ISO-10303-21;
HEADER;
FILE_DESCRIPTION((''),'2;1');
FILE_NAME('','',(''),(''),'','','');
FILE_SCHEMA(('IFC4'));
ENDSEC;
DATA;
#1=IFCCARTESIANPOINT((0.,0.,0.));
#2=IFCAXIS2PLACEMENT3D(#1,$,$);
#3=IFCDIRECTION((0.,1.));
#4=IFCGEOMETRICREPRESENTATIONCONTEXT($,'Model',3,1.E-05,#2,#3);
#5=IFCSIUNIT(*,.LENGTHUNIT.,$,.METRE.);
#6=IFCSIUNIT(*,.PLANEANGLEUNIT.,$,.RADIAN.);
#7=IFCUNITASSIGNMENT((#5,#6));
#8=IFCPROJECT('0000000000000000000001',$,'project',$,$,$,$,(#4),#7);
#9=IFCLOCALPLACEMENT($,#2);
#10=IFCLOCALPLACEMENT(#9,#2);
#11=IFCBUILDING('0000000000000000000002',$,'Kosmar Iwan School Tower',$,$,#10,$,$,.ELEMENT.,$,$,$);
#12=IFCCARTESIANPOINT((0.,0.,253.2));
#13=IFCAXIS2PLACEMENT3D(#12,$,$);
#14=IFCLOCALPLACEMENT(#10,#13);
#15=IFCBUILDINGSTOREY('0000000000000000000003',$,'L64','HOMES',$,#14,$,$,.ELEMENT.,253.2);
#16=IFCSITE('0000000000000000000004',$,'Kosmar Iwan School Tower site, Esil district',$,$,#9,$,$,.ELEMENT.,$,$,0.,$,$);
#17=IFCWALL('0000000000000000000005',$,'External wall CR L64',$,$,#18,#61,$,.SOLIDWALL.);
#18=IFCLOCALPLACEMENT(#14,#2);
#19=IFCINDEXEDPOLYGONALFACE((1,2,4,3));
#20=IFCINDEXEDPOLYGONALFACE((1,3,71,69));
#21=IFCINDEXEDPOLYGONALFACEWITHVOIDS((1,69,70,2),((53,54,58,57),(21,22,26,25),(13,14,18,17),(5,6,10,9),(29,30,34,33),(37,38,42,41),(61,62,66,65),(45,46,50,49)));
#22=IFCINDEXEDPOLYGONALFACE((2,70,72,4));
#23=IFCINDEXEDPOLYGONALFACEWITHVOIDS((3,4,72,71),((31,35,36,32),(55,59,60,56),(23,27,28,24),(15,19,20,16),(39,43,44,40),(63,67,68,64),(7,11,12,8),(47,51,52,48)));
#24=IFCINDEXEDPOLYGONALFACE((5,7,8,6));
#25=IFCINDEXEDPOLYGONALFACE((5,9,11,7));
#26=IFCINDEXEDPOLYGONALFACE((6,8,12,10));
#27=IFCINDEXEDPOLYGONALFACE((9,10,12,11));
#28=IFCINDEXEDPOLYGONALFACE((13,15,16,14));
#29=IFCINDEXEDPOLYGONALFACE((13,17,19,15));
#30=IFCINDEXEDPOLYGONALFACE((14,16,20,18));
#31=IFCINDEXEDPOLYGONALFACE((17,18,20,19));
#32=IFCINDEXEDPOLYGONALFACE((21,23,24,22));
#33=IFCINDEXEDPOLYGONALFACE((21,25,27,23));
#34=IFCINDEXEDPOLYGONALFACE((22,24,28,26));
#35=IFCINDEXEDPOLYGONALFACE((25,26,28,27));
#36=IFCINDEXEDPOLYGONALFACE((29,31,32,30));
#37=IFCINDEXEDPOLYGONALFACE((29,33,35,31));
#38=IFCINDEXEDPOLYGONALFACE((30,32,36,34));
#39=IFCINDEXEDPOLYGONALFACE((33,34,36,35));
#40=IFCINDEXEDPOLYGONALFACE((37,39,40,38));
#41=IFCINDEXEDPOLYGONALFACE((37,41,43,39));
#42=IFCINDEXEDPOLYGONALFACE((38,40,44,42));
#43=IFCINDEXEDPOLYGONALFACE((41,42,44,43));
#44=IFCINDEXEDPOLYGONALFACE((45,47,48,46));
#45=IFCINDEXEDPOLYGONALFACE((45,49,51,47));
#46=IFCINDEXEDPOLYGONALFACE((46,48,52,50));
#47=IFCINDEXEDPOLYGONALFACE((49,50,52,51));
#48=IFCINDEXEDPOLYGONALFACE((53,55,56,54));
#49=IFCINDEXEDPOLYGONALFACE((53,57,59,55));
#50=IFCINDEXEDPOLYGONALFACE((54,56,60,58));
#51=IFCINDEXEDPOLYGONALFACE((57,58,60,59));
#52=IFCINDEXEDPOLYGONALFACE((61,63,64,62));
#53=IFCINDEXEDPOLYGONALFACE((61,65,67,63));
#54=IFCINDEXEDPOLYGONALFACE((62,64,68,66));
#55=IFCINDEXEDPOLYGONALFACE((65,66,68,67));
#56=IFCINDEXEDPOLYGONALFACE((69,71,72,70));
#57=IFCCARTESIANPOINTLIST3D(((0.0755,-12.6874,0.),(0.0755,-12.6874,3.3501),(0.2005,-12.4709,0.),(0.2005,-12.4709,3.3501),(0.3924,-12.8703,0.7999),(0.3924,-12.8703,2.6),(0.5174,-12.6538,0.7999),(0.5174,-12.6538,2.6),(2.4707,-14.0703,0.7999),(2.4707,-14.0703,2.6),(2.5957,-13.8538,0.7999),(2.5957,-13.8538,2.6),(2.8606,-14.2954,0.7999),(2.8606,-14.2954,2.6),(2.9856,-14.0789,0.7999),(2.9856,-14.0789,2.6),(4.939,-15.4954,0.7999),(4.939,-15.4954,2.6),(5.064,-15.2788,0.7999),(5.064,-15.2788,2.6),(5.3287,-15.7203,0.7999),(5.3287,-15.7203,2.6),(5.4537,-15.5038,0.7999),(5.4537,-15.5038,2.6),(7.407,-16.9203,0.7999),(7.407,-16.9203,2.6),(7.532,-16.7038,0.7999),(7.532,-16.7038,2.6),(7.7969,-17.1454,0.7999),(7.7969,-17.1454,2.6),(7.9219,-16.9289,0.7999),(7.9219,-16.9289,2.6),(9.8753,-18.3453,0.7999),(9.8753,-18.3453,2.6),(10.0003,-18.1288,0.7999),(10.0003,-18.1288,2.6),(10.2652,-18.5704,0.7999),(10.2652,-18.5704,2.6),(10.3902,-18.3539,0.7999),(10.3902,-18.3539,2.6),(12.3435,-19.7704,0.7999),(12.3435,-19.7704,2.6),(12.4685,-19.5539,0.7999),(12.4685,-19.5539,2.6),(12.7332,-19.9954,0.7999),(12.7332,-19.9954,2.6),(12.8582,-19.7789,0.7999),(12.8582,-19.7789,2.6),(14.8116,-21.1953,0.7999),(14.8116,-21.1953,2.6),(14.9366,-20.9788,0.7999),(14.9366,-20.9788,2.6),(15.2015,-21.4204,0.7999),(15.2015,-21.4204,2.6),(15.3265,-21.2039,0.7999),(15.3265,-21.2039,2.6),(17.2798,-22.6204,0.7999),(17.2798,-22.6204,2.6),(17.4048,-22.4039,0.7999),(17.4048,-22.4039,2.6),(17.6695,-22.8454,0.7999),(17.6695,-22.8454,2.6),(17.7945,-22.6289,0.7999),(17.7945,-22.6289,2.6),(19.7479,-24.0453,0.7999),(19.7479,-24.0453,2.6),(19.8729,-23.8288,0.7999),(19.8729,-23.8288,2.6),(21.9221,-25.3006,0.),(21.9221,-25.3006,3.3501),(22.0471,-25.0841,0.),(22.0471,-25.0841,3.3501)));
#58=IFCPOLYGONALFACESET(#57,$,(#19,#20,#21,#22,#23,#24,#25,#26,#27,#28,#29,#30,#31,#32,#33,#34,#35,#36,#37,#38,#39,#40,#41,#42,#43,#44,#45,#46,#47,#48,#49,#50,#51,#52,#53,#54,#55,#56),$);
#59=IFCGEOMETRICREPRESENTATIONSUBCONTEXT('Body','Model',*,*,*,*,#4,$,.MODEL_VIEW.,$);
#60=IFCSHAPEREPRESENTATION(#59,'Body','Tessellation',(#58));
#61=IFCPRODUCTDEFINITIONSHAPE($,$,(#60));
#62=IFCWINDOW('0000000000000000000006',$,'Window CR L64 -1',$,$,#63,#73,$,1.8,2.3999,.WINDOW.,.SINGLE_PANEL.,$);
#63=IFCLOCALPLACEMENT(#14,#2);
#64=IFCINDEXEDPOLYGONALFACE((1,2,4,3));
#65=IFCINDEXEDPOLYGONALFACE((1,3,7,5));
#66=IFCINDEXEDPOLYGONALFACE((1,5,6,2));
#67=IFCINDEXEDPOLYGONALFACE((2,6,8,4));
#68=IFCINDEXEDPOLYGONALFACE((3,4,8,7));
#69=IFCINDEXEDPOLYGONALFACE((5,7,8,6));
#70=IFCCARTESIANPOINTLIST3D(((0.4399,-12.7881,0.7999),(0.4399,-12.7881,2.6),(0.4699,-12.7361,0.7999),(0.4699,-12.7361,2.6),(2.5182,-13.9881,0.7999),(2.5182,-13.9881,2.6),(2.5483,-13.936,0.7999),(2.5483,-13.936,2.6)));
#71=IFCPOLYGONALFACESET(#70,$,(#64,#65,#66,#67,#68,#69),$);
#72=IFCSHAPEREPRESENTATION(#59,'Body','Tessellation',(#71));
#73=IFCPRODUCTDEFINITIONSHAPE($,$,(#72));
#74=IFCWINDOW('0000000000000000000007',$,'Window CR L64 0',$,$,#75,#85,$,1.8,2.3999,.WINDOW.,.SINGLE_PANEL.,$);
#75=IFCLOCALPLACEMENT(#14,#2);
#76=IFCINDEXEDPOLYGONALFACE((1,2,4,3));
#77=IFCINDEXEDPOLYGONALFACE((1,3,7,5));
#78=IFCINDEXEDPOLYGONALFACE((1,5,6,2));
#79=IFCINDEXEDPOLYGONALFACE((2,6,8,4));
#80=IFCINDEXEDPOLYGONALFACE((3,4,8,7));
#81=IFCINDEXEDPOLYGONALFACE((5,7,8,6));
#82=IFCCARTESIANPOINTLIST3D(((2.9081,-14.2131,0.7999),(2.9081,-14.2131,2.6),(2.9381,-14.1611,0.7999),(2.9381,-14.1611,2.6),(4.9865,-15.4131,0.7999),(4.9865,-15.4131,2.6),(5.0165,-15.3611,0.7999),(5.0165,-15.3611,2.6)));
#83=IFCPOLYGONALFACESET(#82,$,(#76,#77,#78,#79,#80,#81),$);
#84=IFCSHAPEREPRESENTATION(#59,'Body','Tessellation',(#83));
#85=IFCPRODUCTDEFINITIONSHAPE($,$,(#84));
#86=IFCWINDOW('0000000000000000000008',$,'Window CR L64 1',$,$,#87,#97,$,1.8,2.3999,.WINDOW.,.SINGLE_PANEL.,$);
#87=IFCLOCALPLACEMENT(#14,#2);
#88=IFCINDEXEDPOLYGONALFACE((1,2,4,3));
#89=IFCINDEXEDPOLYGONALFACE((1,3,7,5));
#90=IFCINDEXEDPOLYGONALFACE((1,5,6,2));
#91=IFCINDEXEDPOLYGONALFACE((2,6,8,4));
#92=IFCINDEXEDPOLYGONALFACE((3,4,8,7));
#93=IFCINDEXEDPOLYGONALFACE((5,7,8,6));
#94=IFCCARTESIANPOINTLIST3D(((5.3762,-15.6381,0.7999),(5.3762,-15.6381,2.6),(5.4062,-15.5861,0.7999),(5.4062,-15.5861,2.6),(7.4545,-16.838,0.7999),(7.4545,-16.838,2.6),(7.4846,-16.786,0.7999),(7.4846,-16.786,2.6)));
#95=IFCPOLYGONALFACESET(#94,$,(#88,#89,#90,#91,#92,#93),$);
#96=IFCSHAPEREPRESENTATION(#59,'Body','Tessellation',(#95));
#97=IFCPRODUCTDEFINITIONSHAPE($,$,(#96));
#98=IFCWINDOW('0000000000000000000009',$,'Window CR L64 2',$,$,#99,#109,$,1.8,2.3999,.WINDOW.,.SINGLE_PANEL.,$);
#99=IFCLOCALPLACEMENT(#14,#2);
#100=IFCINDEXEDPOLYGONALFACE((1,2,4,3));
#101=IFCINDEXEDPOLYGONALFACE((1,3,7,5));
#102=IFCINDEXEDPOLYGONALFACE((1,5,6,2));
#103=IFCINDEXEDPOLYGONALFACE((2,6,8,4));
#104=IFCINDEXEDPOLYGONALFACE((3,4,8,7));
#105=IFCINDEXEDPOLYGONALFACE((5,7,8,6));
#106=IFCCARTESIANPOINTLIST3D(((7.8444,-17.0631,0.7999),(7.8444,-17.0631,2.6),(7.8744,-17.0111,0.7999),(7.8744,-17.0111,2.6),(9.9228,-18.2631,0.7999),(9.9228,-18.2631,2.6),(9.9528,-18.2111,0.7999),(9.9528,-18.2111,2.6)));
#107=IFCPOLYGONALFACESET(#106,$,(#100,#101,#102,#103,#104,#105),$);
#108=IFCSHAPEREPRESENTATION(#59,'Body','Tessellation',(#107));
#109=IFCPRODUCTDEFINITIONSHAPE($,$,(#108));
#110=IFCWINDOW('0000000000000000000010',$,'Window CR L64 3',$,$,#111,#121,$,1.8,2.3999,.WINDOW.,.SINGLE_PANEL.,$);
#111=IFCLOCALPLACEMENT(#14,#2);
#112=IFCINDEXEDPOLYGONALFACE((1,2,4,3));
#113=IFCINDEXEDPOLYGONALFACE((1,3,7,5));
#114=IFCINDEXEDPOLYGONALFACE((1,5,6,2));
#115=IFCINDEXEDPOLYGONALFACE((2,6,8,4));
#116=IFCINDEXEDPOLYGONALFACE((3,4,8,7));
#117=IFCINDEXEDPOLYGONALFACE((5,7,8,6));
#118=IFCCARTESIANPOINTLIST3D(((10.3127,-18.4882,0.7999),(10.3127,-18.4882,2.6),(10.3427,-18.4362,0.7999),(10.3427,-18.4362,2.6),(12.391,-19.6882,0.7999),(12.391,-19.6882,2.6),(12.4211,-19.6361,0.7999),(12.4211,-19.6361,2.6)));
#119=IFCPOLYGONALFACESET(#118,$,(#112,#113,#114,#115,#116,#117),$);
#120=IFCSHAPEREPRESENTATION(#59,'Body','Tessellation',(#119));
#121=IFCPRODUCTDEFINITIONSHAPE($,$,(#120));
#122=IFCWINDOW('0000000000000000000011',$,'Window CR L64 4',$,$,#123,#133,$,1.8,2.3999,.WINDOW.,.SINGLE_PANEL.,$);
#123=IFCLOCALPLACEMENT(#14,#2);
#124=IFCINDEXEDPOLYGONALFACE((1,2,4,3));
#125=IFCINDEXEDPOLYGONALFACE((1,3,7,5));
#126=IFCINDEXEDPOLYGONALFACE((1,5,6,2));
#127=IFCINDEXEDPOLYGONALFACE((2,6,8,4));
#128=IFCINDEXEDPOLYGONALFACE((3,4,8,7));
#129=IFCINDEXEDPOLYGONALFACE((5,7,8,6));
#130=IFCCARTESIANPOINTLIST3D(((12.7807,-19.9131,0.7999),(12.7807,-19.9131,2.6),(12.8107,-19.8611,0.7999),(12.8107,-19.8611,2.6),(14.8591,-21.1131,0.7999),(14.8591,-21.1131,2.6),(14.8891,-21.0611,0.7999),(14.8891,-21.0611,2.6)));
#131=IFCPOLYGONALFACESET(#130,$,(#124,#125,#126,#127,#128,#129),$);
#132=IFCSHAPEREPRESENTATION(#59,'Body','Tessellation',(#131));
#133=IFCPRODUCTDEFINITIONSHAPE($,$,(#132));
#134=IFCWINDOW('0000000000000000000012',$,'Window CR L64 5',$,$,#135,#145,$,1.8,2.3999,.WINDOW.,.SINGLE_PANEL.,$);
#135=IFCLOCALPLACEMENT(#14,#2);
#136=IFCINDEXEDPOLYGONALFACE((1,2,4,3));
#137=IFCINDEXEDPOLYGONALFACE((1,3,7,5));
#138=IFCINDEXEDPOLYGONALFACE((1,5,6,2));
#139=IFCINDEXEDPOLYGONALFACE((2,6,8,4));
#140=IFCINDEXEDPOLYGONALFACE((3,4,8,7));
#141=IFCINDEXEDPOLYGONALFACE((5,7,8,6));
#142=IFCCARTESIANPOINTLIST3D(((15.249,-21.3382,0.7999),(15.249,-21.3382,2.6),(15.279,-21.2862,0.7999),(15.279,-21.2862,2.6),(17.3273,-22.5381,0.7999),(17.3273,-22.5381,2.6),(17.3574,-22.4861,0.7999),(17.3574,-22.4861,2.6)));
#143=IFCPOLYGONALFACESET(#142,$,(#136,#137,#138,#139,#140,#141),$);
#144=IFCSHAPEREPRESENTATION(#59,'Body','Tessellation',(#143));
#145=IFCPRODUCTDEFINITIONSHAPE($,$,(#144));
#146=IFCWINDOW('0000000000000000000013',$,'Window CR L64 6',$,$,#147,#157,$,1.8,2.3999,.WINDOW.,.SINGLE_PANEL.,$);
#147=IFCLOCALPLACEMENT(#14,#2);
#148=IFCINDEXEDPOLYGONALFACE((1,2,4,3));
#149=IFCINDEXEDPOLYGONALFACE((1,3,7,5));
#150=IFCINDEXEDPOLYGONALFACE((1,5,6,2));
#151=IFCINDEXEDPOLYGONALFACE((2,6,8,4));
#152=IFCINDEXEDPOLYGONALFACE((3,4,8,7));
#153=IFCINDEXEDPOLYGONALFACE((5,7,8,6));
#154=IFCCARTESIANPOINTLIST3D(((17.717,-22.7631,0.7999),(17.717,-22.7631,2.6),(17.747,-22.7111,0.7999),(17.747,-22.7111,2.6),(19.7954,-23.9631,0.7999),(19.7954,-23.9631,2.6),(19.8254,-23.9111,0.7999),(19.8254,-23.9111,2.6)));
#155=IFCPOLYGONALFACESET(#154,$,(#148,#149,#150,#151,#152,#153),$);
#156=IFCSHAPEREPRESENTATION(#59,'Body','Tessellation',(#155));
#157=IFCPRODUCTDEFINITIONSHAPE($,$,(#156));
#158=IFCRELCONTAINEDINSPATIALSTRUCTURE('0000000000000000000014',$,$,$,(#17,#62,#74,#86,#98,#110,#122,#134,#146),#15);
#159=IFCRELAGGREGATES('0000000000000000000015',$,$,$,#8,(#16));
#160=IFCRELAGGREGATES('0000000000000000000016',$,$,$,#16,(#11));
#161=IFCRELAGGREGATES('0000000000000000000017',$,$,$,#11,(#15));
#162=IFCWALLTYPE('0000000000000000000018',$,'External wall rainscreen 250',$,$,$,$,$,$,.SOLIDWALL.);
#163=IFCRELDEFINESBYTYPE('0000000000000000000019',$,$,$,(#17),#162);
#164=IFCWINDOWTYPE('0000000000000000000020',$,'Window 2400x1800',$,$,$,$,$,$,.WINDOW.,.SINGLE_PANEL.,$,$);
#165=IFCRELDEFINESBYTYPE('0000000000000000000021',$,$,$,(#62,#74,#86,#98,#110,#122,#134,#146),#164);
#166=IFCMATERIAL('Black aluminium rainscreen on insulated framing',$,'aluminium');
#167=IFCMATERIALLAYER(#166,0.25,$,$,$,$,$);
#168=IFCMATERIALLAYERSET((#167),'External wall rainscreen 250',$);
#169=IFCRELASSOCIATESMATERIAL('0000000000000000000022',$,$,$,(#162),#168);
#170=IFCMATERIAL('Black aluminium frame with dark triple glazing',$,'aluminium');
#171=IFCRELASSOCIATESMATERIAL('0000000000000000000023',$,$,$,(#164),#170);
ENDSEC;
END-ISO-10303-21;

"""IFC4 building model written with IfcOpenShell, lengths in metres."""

from ifc_helpers import new_model, si_unit, direction, frame, frame_2d, origin, place, context, subcontext, project, spatial, rectangle, extrude, material, layer, layer_set, type_object, element, fill, save


model = new_model("IFC4")

# Units and contexts
model_context = context("Model", 3, precision=1e-05, world=origin(), true_north=direction((0.0, 1.0)))
body_context = subcontext(model_context, "Body", "Model", "MODEL_VIEW")
ifc_project = project(units=[si_unit("LENGTHUNIT", "METRE"), si_unit("PLANEANGLEUNIT", "RADIAN")], contexts=[model_context])

# Site, building, storey
site_placement = place(None, origin())
site = spatial("IfcSite", under=ifc_project, at=site_placement, Name="Kosmar Iwan School Tower site, Esil district", CompositionType="ELEMENT", RefElevation=0.0)
building_placement = place(site_placement, origin())
building = spatial("IfcBuilding", under=site, at=building_placement, Name="Kosmar Iwan School Tower", CompositionType="ELEMENT")
storey_placement = place(building_placement, frame((0.0, 0.0, 253.2)))
storey = spatial("IfcBuildingStorey", under=building, at=storey_placement, Name="L64", Description="HOMES", CompositionType="ELEMENT", Elevation=253.2)

# Wall, openings, windows
ifc_material_1 = material(Name="Black aluminium rainscreen on insulated framing", Category="aluminium")
ifc_layer_1 = layer(ifc_material_1, 0.25)
ifc_layer_set_1 = layer_set([ifc_layer_1], Name="External wall rainscreen 250")
wall_type_1 = type_object("IfcWallType", Name="External wall rainscreen 250", PredefinedType="SOLIDWALL", material=ifc_layer_set_1)
ifc_material_2 = material(Name="Black aluminium frame with dark triple glazing", Category="aluminium")
window_type = type_object("IfcWindowType", Name="Window 2400x1800", PartitioningType="SINGLE_PANEL", PredefinedType="WINDOW", material=ifc_material_2)
wall_1_placement = place(storey_placement, frame((0.1379, -12.5791, 0.0), z_axis=(0.0, 0.0, 1.0), x_axis=(0.866024, -0.500003, 0.0)))
wall_1 = element("IfcWall", 1, at=wall_1_placement, inside=storey, type_object=wall_type_1, Name="External wall CR L64", PredefinedType="SOLIDWALL", context=body_context, shape_type="SweptSolid", body=[
    extrude(rectangle(XDim=25.2263, YDim=0.25, at=frame_2d((12.6133, 0.0))), origin(), (0.0, 0.0, 1.0), 3.3501),
])
opening_1_placement = place(wall_1_placement, frame((0.366, 0.0, 0.8)))
opening_1 = element("IfcOpeningElement", 2, at=opening_1_placement, cuts=wall_1, PredefinedType="OPENING", context=body_context, shape_type="SweptSolid", body=[
    extrude(rectangle(XDim=2.3999, YDim=1.8, at=frame_2d((1.2, 0.8999))), frame((0.0, 0.137, 0.0), z_axis=(0.0, -1.0, 0.0), x_axis=(1.0, 0.0, 0.0)), (0.0, 0.0, 1.0), 0.2739),
])
opening_2_placement = place(wall_1_placement, frame((3.2161, 0.0, 0.8)))
opening_2 = element("IfcOpeningElement", 3, at=opening_2_placement, cuts=wall_1, PredefinedType="OPENING", context=body_context, shape_type="SweptSolid", body=[
    extrude(rectangle(XDim=2.3999, YDim=1.8, at=frame_2d((1.2, 0.8999))), frame((0.0, 0.137, 0.0), z_axis=(0.0, -1.0, 0.0), x_axis=(1.0, 0.0, 0.0)), (0.0, 0.0, 1.0), 0.2739),
])
opening_3_placement = place(wall_1_placement, frame((6.0659, 0.0, 0.8)))
opening_3 = element("IfcOpeningElement", 4, at=opening_3_placement, cuts=wall_1, PredefinedType="OPENING", context=body_context, shape_type="SweptSolid", body=[
    extrude(rectangle(XDim=2.3999, YDim=1.8, at=frame_2d((1.2, 0.8999))), frame((0.0, 0.137, 0.0), z_axis=(0.0, -1.0, 0.0), x_axis=(1.0, 0.0, 0.0)), (0.0, 0.0, 1.0), 0.2739),
])
opening_4_placement = place(wall_1_placement, frame((8.916, 0.0, 0.8)))
opening_4 = element("IfcOpeningElement", 5, at=opening_4_placement, cuts=wall_1, PredefinedType="OPENING", context=body_context, shape_type="SweptSolid", body=[
    extrude(rectangle(XDim=2.3999, YDim=1.8, at=frame_2d((1.2, 0.8999))), frame((0.0, 0.137, 0.0), z_axis=(0.0, -1.0, 0.0), x_axis=(1.0, 0.0, 0.0)), (0.0, 0.0, 1.0), 0.2739),
])
opening_5_placement = place(wall_1_placement, frame((11.7661, 0.0, 0.8)))
opening_5 = element("IfcOpeningElement", 6, at=opening_5_placement, cuts=wall_1, PredefinedType="OPENING", context=body_context, shape_type="SweptSolid", body=[
    extrude(rectangle(XDim=2.3999, YDim=1.8, at=frame_2d((1.2, 0.8999))), frame((0.0, 0.137, 0.0), z_axis=(0.0, -1.0, 0.0), x_axis=(1.0, 0.0, 0.0)), (0.0, 0.0, 1.0), 0.2739),
])
opening_6_placement = place(wall_1_placement, frame((14.616, 0.0, 0.8)))
opening_6 = element("IfcOpeningElement", 7, at=opening_6_placement, cuts=wall_1, PredefinedType="OPENING", context=body_context, shape_type="SweptSolid", body=[
    extrude(rectangle(XDim=2.3999, YDim=1.8, at=frame_2d((1.2, 0.8999))), frame((0.0, 0.137, 0.0), z_axis=(0.0, -1.0, 0.0), x_axis=(1.0, 0.0, 0.0)), (0.0, 0.0, 1.0), 0.2739),
])
opening_7_placement = place(wall_1_placement, frame((17.4661, 0.0, 0.8)))
opening_7 = element("IfcOpeningElement", 8, at=opening_7_placement, cuts=wall_1, PredefinedType="OPENING", context=body_context, shape_type="SweptSolid", body=[
    extrude(rectangle(XDim=2.3999, YDim=1.8, at=frame_2d((1.2, 0.8999))), frame((0.0, 0.137, 0.0), z_axis=(0.0, -1.0, 0.0), x_axis=(1.0, 0.0, 0.0)), (0.0, 0.0, 1.0), 0.2739),
])
opening_8_placement = place(wall_1_placement, frame((20.3159, 0.0, 0.8)))
opening_8 = element("IfcOpeningElement", 9, at=opening_8_placement, cuts=wall_1, PredefinedType="OPENING", context=body_context, shape_type="SweptSolid", body=[
    extrude(rectangle(XDim=2.3999, YDim=1.8, at=frame_2d((1.2, 0.8999))), frame((0.0, 0.137, 0.0), z_axis=(0.0, -1.0, 0.0), x_axis=(1.0, 0.0, 0.0)), (0.0, 0.0, 1.0), 0.2739),
])
window_1_placement = place(opening_1_placement, origin())
window_1 = element("IfcWindow", 10, at=window_1_placement, inside=storey, type_object=window_type, Name="Window CR L64 -1", OverallHeight=1.8, OverallWidth=2.3999, PartitioningType="SINGLE_PANEL", PredefinedType="WINDOW", context=body_context, shape_type="SweptSolid", body=[
    extrude(rectangle(XDim=2.3999, YDim=1.8, at=frame_2d((1.2, 0.8999))), frame((0.0, 0.03, 0.0), z_axis=(0.0, -1.0, 0.0), x_axis=(1.0, 0.0, 0.0)), (0.0, 0.0, 1.0), 0.0601),
])
fill(opening_1, window_1)
window_2_placement = place(opening_2_placement, origin())
window_2 = element("IfcWindow", 11, at=window_2_placement, inside=storey, type_object=window_type, Name="Window CR L64 0", OverallHeight=1.8, OverallWidth=2.3999, PartitioningType="SINGLE_PANEL", PredefinedType="WINDOW", context=body_context, shape_type="SweptSolid", body=[
    extrude(rectangle(XDim=2.3999, YDim=1.8, at=frame_2d((1.2, 0.8999))), frame((0.0, 0.03, 0.0), z_axis=(0.0, -1.0, 0.0), x_axis=(1.0, 0.0, 0.0)), (0.0, 0.0, 1.0), 0.0601),
])
fill(opening_2, window_2)
window_3_placement = place(opening_3_placement, origin())
window_3 = element("IfcWindow", 12, at=window_3_placement, inside=storey, type_object=window_type, Name="Window CR L64 1", OverallHeight=1.8, OverallWidth=2.3999, PartitioningType="SINGLE_PANEL", PredefinedType="WINDOW", context=body_context, shape_type="SweptSolid", body=[
    extrude(rectangle(XDim=2.3999, YDim=1.8, at=frame_2d((1.2, 0.8999))), frame((0.0, 0.03, 0.0), z_axis=(0.0, -1.0, 0.0), x_axis=(1.0, 0.0, 0.0)), (0.0, 0.0, 1.0), 0.0601),
])
fill(opening_3, window_3)
window_4_placement = place(opening_4_placement, origin())
window_4 = element("IfcWindow", 13, at=window_4_placement, inside=storey, type_object=window_type, Name="Window CR L64 2", OverallHeight=1.8, OverallWidth=2.3999, PartitioningType="SINGLE_PANEL", PredefinedType="WINDOW", context=body_context, shape_type="SweptSolid", body=[
    extrude(rectangle(XDim=2.3999, YDim=1.8, at=frame_2d((1.2, 0.8999))), frame((0.0, 0.03, 0.0), z_axis=(0.0, -1.0, 0.0), x_axis=(1.0, 0.0, 0.0)), (0.0, 0.0, 1.0), 0.0601),
])
fill(opening_4, window_4)
window_5_placement = place(opening_5_placement, origin())
window_5 = element("IfcWindow", 14, at=window_5_placement, inside=storey, type_object=window_type, Name="Window CR L64 3", OverallHeight=1.8, OverallWidth=2.3999, PartitioningType="SINGLE_PANEL", PredefinedType="WINDOW", context=body_context, shape_type="SweptSolid", body=[
    extrude(rectangle(XDim=2.3999, YDim=1.8, at=frame_2d((1.2, 0.8999))), frame((0.0, 0.03, 0.0), z_axis=(0.0, -1.0, 0.0), x_axis=(1.0, 0.0, 0.0)), (0.0, 0.0, 1.0), 0.0601),
])
fill(opening_5, window_5)
window_6_placement = place(opening_6_placement, origin())
window_6 = element("IfcWindow", 15, at=window_6_placement, inside=storey, type_object=window_type, Name="Window CR L64 4", OverallHeight=1.8, OverallWidth=2.3999, PartitioningType="SINGLE_PANEL", PredefinedType="WINDOW", context=body_context, shape_type="SweptSolid", body=[
    extrude(rectangle(XDim=2.3999, YDim=1.8, at=frame_2d((1.2, 0.8999))), frame((0.0, 0.03, 0.0), z_axis=(0.0, -1.0, 0.0), x_axis=(1.0, 0.0, 0.0)), (0.0, 0.0, 1.0), 0.0601),
])
fill(opening_6, window_6)
window_7_placement = place(opening_7_placement, origin())
window_7 = element("IfcWindow", 16, at=window_7_placement, inside=storey, type_object=window_type, Name="Window CR L64 5", OverallHeight=1.8, OverallWidth=2.3999, PartitioningType="SINGLE_PANEL", PredefinedType="WINDOW", context=body_context, shape_type="SweptSolid", body=[
    extrude(rectangle(XDim=2.3999, YDim=1.8, at=frame_2d((1.2, 0.8999))), frame((0.0, 0.03, 0.0), z_axis=(0.0, -1.0, 0.0), x_axis=(1.0, 0.0, 0.0)), (0.0, 0.0, 1.0), 0.0601),
])
fill(opening_7, window_7)
window_8_placement = place(opening_8_placement, origin())
window_8 = element("IfcWindow", 17, at=window_8_placement, inside=storey, type_object=window_type, Name="Window CR L64 6", OverallHeight=1.8, OverallWidth=2.3999, PartitioningType="SINGLE_PANEL", PredefinedType="WINDOW", context=body_context, shape_type="SweptSolid", body=[
    extrude(rectangle(XDim=2.3999, YDim=1.8, at=frame_2d((1.2, 0.8999))), frame((0.0, 0.03, 0.0), z_axis=(0.0, -1.0, 0.0), x_axis=(1.0, 0.0, 0.0)), (0.0, 0.0, 1.0), 0.0601),
])
fill(opening_8, window_8)

save(model, "model.ifc")
